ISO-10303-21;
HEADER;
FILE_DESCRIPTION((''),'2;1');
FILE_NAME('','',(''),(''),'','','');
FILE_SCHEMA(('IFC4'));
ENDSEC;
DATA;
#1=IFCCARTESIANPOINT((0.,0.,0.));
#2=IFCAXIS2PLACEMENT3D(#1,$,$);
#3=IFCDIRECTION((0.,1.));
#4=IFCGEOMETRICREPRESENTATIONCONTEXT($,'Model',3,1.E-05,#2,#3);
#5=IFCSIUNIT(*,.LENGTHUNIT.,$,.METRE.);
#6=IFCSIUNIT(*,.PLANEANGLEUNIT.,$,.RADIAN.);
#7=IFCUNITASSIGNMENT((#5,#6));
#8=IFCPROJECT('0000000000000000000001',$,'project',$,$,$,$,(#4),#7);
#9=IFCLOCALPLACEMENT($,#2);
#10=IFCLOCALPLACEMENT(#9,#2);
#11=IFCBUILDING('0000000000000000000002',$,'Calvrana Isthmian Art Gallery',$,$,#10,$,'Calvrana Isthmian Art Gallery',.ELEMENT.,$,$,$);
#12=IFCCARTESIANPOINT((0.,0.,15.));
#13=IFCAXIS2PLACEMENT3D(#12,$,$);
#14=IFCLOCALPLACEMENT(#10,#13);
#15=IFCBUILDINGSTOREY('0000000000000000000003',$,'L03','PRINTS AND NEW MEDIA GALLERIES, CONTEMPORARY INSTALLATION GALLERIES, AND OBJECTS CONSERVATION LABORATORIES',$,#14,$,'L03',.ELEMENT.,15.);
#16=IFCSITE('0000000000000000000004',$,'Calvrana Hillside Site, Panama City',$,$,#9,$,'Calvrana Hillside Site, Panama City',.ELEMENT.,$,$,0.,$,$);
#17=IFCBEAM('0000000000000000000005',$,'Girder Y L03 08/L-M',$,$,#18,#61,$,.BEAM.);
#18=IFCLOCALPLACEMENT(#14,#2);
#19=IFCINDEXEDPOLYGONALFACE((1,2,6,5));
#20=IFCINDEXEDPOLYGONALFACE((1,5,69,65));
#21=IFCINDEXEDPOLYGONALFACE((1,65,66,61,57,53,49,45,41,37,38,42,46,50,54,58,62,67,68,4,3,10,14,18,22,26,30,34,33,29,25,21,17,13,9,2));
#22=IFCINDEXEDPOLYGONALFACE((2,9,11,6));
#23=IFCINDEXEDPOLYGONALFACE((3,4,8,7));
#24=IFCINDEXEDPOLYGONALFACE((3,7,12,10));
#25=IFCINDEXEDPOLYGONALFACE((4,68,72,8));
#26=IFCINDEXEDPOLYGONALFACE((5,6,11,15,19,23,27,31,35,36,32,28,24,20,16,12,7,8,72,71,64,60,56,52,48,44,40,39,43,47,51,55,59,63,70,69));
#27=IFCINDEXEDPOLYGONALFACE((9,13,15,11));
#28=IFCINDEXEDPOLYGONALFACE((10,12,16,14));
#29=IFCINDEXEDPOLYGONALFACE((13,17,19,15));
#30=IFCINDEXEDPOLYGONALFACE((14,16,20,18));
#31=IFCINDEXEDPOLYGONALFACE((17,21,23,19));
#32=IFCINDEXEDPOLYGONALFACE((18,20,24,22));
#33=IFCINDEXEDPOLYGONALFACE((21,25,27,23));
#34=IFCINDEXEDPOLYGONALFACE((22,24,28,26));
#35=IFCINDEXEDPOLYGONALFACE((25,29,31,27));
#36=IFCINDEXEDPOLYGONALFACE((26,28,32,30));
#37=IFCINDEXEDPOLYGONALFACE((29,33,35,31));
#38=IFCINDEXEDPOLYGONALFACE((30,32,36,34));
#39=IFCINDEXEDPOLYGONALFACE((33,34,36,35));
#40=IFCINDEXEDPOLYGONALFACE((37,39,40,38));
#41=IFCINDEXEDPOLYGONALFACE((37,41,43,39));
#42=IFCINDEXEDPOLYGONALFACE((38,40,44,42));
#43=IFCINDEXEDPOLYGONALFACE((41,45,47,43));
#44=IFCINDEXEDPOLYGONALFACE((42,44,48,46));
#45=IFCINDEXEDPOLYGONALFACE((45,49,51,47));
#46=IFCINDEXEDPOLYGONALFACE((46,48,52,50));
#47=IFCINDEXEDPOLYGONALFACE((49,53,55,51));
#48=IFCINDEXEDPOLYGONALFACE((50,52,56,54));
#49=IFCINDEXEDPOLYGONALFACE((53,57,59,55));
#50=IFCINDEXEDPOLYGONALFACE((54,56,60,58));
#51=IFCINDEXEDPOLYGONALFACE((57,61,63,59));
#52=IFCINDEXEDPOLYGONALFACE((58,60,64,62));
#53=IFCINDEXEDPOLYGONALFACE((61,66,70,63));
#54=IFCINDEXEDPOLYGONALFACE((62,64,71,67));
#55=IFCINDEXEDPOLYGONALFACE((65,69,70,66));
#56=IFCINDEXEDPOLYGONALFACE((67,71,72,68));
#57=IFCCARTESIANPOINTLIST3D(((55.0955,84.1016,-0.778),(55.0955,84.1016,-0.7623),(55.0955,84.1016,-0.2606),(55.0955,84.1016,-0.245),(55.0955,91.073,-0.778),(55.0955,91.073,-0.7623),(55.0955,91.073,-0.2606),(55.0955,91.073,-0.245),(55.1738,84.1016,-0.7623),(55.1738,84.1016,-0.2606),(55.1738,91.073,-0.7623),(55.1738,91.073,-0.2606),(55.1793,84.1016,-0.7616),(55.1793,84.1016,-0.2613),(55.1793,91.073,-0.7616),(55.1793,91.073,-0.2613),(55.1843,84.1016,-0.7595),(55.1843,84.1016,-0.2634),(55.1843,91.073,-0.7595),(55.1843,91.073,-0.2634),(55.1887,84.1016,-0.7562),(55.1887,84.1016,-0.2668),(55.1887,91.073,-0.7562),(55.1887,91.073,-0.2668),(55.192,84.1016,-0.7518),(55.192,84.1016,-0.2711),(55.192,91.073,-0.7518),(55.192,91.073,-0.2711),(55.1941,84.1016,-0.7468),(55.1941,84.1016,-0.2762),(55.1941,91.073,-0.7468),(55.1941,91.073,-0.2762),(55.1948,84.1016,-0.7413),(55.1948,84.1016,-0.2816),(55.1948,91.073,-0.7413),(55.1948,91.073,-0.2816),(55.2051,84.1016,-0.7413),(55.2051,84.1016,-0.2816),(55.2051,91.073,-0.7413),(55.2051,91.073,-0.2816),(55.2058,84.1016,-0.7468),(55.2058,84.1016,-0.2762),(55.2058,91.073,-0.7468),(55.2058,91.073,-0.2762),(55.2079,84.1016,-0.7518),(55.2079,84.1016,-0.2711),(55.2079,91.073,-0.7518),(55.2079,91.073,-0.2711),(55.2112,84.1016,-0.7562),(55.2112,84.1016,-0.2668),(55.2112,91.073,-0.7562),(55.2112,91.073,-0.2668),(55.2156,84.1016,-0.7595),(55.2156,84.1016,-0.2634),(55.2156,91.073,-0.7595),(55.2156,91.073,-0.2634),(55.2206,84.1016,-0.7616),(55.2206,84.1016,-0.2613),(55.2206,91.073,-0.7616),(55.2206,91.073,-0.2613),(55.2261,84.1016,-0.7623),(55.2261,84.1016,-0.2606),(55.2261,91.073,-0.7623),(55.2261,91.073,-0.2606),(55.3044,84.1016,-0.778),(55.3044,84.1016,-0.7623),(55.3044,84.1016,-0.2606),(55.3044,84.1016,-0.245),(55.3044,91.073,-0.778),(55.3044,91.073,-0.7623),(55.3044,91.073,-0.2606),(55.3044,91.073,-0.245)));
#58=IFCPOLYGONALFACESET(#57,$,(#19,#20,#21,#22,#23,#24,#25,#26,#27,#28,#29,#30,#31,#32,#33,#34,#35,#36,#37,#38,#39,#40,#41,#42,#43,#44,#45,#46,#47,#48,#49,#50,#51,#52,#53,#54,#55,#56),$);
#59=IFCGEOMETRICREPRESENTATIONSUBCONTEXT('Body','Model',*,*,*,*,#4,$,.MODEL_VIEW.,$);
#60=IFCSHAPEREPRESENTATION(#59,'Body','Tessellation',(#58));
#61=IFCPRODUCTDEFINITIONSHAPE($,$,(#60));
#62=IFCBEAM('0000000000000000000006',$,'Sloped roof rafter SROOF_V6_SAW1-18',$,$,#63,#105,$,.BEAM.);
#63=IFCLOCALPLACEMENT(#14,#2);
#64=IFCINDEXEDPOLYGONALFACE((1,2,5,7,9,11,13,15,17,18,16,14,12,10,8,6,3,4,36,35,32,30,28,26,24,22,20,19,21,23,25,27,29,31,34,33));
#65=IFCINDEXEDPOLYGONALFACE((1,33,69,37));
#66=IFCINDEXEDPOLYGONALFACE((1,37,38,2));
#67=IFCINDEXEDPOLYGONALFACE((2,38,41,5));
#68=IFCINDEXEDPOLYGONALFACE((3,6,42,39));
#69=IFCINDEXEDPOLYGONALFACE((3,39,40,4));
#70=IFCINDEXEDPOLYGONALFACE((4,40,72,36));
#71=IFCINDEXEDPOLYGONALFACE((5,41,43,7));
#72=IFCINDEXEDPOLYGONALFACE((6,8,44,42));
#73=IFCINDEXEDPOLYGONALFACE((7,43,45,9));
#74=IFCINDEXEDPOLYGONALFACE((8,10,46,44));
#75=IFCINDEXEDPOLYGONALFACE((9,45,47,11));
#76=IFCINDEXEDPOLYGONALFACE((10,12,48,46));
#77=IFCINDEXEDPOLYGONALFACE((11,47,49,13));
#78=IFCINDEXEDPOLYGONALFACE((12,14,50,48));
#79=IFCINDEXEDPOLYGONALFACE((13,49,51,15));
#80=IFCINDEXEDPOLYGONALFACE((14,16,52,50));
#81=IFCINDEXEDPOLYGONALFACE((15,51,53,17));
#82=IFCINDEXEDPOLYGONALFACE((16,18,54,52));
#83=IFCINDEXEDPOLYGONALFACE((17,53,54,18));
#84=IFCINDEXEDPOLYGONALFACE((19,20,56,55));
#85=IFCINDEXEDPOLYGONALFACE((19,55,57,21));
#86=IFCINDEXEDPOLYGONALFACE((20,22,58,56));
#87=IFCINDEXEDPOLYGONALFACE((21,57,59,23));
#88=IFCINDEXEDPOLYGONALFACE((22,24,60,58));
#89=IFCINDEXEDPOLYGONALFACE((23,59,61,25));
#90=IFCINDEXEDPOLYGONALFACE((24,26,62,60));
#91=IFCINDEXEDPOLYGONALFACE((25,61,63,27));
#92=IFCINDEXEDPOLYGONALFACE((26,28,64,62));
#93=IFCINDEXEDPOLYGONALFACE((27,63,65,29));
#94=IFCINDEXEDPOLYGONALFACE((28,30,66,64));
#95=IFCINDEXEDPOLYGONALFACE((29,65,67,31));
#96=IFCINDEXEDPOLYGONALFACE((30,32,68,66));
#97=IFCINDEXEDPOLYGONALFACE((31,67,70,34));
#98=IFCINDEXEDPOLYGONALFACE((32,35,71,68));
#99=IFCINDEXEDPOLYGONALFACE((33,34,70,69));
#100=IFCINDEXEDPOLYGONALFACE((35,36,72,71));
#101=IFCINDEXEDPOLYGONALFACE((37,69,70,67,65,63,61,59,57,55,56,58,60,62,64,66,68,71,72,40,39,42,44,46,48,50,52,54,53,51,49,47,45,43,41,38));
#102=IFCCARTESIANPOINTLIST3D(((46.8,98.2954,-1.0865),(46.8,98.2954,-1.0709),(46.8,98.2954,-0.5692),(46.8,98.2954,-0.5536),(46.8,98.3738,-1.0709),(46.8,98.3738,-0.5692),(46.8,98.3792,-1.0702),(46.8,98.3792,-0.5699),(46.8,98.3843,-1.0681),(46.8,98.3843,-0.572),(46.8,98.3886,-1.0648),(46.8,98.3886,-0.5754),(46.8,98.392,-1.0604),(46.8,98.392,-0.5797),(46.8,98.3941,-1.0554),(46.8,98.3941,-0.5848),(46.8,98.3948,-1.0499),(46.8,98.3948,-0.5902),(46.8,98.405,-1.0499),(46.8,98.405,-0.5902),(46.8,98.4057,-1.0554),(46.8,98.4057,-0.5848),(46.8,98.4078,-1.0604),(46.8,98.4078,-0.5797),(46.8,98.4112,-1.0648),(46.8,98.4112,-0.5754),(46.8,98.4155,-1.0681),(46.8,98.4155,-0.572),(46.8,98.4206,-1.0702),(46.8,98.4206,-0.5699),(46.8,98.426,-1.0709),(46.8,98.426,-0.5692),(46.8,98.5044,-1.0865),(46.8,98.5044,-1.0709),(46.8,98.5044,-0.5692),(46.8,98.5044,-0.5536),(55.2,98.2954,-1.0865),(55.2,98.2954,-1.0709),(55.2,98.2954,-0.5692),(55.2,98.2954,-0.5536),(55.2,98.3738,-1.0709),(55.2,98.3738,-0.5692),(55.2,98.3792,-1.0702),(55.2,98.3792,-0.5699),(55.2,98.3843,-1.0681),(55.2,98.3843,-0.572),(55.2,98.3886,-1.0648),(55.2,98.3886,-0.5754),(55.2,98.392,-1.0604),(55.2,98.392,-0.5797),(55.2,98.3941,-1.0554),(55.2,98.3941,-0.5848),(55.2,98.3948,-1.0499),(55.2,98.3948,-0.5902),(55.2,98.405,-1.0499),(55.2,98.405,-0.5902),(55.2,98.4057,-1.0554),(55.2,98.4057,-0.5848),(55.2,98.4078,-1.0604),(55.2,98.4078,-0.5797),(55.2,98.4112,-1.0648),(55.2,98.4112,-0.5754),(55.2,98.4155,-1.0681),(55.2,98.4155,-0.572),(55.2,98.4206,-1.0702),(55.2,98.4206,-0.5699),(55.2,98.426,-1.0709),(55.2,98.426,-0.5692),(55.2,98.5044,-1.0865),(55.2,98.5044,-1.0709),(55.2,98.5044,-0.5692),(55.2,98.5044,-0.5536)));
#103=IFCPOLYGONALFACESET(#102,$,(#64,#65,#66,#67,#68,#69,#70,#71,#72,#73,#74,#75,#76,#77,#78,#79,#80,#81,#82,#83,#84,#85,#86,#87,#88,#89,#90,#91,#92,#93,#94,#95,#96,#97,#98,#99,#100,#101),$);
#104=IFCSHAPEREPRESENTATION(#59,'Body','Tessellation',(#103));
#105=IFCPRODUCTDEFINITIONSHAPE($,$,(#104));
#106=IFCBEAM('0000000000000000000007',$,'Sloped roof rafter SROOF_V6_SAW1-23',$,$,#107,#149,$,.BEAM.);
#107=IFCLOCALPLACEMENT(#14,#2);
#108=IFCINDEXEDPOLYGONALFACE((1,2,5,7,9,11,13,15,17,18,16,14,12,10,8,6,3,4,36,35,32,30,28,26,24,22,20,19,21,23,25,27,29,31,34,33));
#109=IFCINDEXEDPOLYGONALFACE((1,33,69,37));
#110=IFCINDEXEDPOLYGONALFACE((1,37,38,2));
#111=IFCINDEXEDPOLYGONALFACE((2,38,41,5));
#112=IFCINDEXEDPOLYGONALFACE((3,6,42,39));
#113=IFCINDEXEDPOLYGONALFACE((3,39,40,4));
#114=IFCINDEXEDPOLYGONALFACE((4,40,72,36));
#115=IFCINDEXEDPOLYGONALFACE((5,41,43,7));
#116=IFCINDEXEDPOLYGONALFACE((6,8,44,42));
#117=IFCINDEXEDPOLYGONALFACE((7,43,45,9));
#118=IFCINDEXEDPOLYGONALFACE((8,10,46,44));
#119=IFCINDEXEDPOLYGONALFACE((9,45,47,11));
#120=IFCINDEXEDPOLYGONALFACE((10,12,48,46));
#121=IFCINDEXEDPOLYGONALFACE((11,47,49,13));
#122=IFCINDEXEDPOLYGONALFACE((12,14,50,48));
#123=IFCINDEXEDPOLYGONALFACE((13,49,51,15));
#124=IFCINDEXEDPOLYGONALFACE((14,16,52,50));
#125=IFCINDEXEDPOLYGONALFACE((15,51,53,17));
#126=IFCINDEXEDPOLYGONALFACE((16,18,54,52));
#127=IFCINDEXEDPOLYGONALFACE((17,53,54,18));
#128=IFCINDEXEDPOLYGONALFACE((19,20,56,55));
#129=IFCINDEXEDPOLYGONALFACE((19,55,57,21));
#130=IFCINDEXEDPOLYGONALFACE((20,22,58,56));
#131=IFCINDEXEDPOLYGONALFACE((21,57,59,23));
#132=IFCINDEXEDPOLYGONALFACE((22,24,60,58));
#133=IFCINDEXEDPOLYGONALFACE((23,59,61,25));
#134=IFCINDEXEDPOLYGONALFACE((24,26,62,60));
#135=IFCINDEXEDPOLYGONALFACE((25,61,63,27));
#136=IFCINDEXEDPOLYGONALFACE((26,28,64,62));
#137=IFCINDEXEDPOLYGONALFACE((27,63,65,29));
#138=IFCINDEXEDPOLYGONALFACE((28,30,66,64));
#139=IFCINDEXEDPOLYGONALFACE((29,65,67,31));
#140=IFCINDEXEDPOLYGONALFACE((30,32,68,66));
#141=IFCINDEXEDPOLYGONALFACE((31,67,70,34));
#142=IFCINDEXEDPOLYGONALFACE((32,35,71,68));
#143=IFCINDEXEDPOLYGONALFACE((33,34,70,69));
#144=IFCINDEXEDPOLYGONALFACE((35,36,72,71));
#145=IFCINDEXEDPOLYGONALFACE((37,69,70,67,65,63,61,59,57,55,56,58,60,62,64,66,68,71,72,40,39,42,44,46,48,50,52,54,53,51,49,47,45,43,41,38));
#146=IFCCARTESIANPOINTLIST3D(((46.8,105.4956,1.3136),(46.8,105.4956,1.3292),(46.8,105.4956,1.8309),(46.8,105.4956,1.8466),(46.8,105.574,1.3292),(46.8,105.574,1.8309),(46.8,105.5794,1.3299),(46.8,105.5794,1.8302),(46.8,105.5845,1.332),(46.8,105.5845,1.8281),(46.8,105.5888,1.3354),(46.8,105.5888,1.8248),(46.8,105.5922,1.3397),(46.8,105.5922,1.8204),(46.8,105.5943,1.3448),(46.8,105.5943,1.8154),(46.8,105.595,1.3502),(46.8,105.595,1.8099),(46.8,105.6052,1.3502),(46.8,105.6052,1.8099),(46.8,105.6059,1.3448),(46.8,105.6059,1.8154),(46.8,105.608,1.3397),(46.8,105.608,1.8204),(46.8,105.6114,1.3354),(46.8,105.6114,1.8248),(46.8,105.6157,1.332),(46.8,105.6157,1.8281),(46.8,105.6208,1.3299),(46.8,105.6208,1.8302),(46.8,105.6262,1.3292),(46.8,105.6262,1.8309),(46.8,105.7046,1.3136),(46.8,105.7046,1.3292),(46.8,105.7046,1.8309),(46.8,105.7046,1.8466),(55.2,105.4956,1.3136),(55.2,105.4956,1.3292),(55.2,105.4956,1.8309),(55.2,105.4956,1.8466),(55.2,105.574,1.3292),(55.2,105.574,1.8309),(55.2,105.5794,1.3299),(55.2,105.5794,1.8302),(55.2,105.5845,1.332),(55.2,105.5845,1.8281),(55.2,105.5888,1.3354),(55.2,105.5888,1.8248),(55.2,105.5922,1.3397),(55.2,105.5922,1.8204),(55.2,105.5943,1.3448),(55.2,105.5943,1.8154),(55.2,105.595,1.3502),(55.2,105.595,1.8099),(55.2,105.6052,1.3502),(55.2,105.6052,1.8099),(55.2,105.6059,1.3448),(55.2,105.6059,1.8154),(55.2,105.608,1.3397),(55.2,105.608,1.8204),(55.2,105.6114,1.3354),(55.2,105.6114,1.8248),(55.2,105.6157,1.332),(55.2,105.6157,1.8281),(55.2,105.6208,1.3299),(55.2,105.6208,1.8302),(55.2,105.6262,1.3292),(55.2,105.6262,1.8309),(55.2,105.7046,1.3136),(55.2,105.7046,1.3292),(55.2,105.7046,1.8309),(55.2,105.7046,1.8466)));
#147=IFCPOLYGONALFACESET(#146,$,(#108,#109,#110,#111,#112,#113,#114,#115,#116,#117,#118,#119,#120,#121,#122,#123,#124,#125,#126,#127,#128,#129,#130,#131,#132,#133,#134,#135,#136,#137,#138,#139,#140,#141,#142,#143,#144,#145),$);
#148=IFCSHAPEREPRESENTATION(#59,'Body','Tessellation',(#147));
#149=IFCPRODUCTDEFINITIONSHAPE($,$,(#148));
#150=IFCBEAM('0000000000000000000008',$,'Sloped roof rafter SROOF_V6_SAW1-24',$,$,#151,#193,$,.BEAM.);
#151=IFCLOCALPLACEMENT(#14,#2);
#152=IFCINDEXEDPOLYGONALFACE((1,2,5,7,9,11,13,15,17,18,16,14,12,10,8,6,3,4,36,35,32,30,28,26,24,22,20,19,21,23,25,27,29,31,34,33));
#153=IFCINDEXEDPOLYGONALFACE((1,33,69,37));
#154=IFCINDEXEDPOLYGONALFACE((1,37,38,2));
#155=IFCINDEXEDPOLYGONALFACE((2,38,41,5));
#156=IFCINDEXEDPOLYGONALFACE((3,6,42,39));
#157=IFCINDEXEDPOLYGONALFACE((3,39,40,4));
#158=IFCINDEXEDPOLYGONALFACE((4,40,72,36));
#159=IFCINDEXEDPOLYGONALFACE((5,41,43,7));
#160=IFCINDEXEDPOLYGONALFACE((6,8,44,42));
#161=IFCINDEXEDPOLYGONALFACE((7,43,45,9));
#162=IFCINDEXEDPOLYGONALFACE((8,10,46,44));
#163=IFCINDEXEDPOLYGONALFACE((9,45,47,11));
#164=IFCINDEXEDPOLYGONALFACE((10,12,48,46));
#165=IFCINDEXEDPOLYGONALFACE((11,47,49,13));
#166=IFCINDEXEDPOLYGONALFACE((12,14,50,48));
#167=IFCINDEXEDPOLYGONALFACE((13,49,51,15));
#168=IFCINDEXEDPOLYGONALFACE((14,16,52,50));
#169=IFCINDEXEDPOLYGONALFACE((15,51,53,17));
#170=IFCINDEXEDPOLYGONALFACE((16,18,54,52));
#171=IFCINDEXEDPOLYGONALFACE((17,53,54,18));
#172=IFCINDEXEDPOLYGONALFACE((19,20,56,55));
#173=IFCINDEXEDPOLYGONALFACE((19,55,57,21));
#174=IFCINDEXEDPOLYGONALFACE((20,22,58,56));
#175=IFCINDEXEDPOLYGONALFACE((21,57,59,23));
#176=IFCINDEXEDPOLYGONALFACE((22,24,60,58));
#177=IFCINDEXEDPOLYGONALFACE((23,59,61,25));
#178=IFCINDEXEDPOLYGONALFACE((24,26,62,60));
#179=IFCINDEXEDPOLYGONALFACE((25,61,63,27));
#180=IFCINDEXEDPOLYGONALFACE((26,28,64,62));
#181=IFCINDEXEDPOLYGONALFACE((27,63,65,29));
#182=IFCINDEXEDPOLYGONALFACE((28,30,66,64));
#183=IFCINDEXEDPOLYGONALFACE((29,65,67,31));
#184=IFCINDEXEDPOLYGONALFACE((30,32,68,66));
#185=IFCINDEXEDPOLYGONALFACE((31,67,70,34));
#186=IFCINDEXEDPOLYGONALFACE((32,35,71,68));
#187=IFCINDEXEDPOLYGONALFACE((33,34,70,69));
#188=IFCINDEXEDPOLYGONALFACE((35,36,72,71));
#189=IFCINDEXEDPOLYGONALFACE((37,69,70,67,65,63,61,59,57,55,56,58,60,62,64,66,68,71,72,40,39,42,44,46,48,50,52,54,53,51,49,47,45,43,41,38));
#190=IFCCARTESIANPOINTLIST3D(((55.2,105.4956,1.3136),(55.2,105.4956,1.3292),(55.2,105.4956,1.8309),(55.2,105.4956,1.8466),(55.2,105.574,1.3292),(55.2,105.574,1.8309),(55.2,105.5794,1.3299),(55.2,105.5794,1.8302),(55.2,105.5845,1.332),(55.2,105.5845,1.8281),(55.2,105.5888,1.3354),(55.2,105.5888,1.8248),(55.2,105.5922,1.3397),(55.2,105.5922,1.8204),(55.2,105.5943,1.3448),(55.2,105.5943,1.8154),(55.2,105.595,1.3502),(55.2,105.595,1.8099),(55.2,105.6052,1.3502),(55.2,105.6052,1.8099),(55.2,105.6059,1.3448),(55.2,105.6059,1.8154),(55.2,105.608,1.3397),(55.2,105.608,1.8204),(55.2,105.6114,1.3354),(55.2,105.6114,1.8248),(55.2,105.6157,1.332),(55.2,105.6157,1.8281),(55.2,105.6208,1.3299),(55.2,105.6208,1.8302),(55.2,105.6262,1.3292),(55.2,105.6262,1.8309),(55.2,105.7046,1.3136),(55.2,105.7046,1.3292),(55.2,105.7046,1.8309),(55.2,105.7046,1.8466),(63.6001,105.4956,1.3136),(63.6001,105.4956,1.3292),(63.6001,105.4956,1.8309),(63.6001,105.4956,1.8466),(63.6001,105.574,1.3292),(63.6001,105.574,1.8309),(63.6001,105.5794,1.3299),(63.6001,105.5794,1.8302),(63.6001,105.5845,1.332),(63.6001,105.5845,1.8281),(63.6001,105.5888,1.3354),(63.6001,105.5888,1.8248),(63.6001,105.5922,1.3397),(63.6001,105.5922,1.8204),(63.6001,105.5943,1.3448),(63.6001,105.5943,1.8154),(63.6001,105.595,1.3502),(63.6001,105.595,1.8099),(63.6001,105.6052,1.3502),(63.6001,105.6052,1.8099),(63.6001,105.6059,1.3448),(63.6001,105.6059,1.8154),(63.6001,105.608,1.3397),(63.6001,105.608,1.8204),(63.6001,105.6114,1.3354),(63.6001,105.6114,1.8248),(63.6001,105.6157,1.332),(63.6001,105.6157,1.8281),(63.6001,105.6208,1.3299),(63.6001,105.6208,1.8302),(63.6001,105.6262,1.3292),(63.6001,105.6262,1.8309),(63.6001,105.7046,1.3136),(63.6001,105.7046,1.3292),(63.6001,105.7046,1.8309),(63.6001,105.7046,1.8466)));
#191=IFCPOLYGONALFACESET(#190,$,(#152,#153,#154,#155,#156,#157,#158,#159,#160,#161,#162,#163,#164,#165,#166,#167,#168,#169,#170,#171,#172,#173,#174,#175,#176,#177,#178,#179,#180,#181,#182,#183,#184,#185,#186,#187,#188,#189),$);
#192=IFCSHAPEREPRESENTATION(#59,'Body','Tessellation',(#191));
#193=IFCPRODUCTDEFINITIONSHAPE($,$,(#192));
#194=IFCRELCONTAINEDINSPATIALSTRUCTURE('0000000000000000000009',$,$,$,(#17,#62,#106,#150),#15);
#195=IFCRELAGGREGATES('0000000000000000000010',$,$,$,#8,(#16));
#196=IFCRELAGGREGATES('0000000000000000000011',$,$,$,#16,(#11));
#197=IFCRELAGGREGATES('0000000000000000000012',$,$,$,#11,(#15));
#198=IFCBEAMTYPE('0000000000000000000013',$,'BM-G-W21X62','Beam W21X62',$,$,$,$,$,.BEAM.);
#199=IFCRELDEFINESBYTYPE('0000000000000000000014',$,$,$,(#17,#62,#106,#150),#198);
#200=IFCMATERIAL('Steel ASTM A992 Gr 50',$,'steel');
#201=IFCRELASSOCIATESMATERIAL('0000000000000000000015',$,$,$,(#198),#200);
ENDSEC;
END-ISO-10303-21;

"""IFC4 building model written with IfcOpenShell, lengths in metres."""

from ifc_helpers import new_model, si_unit, direction, frame, origin, origin_2d, place, context, subcontext, project, spatial, i_section, extrude, material, material_profile, profile_set, type_object, element, save


model = new_model("IFC4")

# Units and contexts
model_context = context("Model", 3, precision=1e-05, world=origin(), true_north=direction((0.0, 1.0)))
body_context = subcontext(model_context, "Body", "Model", "MODEL_VIEW")
ifc_project = project(units=[si_unit("LENGTHUNIT", "METRE"), si_unit("PLANEANGLEUNIT", "RADIAN")], contexts=[model_context])

# Site, building, storey
site_placement = place(None, origin())
site = spatial("IfcSite", under=ifc_project, at=site_placement, Name="Calvrana Hillside Site, Panama City", LongName="Calvrana Hillside Site, Panama City", CompositionType="ELEMENT", RefElevation=0.0)
building_placement = place(site_placement, origin())
building = spatial("IfcBuilding", under=site, at=building_placement, Name="Calvrana Isthmian Art Gallery", LongName="Calvrana Isthmian Art Gallery", CompositionType="ELEMENT")
storey_placement = place(building_placement, frame((0.0, 0.0, 15.0)))
storey = spatial("IfcBuildingStorey", under=building, at=storey_placement, Name="L03", Description="PRINTS AND NEW MEDIA GALLERIES, CONTEMPORARY INSTALLATION GALLERIES, AND OBJECTS CONSERVATION LABORATORIES", LongName="L03", CompositionType="ELEMENT", Elevation=15.0)

# Beams
ifc_material_1 = material(Name="Steel ASTM A992 Gr 50", Category="steel")
ifc_material_profile_1 = material_profile(ifc_material_1, i_section(OverallWidth=0.209, OverallDepth=0.533, WebThickness=0.0103, FlangeThickness=0.0156, FilletRadius=0.021, at=origin_2d()), Name="W21X62")
ifc_profile_set_1 = profile_set([ifc_material_profile_1], Name="Steel ASTM A992 Gr 50")
beam_type_1 = type_object("IfcBeamType", Name="BM-G-W21X62", Description="Beam W21X62", PredefinedType="BEAM", material=ifc_profile_set_1)
beam_1_placement = place(storey_placement, frame((55.2, 84.1016, -0.5115), z_axis=(0.0, 1.0, 0.0), x_axis=(-1.0, 0.0, 0.0)))
element("IfcBeam", 1, at=beam_1_placement, inside=storey, type_object=beam_type_1, Name="Girder Y L03 08/L-M", PredefinedType="BEAM", context=body_context, shape_type="SweptSolid", body=[
    extrude(i_section(OverallWidth=0.209, OverallDepth=0.533, WebThickness=0.0103, FlangeThickness=0.0156, FilletRadius=0.021, at=origin_2d()), origin(), (0.0, 0.0, 1.0), 6.9714),
])
for number, where, z_axis, x_axis, name in (
    (2, (46.8, 98.3999, -0.8201), (1.0, 0.0, 0.0), (0.0, 1.0, 0.0), "Sloped roof rafter SROOF_V6_SAW1-18"),
    (3, (46.8, 105.6001, 1.5801), (1.0, 0.0, 0.0), (0.0, 1.0, 0.0), "Sloped roof rafter SROOF_V6_SAW1-23"),
):
    element("IfcBeam", number, at=place(storey_placement, frame(where, z_axis=z_axis, x_axis=x_axis)), inside=storey, type_object=beam_type_1, Name=name, PredefinedType="BEAM", context=body_context, shape_type="SweptSolid", body=[
        extrude(i_section(OverallWidth=0.209, OverallDepth=0.533, WebThickness=0.0103, FlangeThickness=0.0156, FilletRadius=0.021, at=origin_2d()), origin(), (0.0, 0.0, 1.0), 8.3999),
    ])
for number, where, z_axis, x_axis, name in (
    (4, (55.2, 105.6001, 1.5801), (1.0, 0.0, 0.0), (0.0, 1.0, 0.0), "Sloped roof rafter SROOF_V6_SAW1-24"),
):
    element("IfcBeam", number, at=place(storey_placement, frame(where, z_axis=z_axis, x_axis=x_axis)), inside=storey, type_object=beam_type_1, Name=name, PredefinedType="BEAM", context=body_context, shape_type="SweptSolid", body=[
        extrude(i_section(OverallWidth=0.209, OverallDepth=0.533, WebThickness=0.0103, FlangeThickness=0.0156, FilletRadius=0.021, at=origin_2d()), origin(), (0.0, 0.0, 1.0), 8.4001),
    ])

save(model, "model.ifc")
